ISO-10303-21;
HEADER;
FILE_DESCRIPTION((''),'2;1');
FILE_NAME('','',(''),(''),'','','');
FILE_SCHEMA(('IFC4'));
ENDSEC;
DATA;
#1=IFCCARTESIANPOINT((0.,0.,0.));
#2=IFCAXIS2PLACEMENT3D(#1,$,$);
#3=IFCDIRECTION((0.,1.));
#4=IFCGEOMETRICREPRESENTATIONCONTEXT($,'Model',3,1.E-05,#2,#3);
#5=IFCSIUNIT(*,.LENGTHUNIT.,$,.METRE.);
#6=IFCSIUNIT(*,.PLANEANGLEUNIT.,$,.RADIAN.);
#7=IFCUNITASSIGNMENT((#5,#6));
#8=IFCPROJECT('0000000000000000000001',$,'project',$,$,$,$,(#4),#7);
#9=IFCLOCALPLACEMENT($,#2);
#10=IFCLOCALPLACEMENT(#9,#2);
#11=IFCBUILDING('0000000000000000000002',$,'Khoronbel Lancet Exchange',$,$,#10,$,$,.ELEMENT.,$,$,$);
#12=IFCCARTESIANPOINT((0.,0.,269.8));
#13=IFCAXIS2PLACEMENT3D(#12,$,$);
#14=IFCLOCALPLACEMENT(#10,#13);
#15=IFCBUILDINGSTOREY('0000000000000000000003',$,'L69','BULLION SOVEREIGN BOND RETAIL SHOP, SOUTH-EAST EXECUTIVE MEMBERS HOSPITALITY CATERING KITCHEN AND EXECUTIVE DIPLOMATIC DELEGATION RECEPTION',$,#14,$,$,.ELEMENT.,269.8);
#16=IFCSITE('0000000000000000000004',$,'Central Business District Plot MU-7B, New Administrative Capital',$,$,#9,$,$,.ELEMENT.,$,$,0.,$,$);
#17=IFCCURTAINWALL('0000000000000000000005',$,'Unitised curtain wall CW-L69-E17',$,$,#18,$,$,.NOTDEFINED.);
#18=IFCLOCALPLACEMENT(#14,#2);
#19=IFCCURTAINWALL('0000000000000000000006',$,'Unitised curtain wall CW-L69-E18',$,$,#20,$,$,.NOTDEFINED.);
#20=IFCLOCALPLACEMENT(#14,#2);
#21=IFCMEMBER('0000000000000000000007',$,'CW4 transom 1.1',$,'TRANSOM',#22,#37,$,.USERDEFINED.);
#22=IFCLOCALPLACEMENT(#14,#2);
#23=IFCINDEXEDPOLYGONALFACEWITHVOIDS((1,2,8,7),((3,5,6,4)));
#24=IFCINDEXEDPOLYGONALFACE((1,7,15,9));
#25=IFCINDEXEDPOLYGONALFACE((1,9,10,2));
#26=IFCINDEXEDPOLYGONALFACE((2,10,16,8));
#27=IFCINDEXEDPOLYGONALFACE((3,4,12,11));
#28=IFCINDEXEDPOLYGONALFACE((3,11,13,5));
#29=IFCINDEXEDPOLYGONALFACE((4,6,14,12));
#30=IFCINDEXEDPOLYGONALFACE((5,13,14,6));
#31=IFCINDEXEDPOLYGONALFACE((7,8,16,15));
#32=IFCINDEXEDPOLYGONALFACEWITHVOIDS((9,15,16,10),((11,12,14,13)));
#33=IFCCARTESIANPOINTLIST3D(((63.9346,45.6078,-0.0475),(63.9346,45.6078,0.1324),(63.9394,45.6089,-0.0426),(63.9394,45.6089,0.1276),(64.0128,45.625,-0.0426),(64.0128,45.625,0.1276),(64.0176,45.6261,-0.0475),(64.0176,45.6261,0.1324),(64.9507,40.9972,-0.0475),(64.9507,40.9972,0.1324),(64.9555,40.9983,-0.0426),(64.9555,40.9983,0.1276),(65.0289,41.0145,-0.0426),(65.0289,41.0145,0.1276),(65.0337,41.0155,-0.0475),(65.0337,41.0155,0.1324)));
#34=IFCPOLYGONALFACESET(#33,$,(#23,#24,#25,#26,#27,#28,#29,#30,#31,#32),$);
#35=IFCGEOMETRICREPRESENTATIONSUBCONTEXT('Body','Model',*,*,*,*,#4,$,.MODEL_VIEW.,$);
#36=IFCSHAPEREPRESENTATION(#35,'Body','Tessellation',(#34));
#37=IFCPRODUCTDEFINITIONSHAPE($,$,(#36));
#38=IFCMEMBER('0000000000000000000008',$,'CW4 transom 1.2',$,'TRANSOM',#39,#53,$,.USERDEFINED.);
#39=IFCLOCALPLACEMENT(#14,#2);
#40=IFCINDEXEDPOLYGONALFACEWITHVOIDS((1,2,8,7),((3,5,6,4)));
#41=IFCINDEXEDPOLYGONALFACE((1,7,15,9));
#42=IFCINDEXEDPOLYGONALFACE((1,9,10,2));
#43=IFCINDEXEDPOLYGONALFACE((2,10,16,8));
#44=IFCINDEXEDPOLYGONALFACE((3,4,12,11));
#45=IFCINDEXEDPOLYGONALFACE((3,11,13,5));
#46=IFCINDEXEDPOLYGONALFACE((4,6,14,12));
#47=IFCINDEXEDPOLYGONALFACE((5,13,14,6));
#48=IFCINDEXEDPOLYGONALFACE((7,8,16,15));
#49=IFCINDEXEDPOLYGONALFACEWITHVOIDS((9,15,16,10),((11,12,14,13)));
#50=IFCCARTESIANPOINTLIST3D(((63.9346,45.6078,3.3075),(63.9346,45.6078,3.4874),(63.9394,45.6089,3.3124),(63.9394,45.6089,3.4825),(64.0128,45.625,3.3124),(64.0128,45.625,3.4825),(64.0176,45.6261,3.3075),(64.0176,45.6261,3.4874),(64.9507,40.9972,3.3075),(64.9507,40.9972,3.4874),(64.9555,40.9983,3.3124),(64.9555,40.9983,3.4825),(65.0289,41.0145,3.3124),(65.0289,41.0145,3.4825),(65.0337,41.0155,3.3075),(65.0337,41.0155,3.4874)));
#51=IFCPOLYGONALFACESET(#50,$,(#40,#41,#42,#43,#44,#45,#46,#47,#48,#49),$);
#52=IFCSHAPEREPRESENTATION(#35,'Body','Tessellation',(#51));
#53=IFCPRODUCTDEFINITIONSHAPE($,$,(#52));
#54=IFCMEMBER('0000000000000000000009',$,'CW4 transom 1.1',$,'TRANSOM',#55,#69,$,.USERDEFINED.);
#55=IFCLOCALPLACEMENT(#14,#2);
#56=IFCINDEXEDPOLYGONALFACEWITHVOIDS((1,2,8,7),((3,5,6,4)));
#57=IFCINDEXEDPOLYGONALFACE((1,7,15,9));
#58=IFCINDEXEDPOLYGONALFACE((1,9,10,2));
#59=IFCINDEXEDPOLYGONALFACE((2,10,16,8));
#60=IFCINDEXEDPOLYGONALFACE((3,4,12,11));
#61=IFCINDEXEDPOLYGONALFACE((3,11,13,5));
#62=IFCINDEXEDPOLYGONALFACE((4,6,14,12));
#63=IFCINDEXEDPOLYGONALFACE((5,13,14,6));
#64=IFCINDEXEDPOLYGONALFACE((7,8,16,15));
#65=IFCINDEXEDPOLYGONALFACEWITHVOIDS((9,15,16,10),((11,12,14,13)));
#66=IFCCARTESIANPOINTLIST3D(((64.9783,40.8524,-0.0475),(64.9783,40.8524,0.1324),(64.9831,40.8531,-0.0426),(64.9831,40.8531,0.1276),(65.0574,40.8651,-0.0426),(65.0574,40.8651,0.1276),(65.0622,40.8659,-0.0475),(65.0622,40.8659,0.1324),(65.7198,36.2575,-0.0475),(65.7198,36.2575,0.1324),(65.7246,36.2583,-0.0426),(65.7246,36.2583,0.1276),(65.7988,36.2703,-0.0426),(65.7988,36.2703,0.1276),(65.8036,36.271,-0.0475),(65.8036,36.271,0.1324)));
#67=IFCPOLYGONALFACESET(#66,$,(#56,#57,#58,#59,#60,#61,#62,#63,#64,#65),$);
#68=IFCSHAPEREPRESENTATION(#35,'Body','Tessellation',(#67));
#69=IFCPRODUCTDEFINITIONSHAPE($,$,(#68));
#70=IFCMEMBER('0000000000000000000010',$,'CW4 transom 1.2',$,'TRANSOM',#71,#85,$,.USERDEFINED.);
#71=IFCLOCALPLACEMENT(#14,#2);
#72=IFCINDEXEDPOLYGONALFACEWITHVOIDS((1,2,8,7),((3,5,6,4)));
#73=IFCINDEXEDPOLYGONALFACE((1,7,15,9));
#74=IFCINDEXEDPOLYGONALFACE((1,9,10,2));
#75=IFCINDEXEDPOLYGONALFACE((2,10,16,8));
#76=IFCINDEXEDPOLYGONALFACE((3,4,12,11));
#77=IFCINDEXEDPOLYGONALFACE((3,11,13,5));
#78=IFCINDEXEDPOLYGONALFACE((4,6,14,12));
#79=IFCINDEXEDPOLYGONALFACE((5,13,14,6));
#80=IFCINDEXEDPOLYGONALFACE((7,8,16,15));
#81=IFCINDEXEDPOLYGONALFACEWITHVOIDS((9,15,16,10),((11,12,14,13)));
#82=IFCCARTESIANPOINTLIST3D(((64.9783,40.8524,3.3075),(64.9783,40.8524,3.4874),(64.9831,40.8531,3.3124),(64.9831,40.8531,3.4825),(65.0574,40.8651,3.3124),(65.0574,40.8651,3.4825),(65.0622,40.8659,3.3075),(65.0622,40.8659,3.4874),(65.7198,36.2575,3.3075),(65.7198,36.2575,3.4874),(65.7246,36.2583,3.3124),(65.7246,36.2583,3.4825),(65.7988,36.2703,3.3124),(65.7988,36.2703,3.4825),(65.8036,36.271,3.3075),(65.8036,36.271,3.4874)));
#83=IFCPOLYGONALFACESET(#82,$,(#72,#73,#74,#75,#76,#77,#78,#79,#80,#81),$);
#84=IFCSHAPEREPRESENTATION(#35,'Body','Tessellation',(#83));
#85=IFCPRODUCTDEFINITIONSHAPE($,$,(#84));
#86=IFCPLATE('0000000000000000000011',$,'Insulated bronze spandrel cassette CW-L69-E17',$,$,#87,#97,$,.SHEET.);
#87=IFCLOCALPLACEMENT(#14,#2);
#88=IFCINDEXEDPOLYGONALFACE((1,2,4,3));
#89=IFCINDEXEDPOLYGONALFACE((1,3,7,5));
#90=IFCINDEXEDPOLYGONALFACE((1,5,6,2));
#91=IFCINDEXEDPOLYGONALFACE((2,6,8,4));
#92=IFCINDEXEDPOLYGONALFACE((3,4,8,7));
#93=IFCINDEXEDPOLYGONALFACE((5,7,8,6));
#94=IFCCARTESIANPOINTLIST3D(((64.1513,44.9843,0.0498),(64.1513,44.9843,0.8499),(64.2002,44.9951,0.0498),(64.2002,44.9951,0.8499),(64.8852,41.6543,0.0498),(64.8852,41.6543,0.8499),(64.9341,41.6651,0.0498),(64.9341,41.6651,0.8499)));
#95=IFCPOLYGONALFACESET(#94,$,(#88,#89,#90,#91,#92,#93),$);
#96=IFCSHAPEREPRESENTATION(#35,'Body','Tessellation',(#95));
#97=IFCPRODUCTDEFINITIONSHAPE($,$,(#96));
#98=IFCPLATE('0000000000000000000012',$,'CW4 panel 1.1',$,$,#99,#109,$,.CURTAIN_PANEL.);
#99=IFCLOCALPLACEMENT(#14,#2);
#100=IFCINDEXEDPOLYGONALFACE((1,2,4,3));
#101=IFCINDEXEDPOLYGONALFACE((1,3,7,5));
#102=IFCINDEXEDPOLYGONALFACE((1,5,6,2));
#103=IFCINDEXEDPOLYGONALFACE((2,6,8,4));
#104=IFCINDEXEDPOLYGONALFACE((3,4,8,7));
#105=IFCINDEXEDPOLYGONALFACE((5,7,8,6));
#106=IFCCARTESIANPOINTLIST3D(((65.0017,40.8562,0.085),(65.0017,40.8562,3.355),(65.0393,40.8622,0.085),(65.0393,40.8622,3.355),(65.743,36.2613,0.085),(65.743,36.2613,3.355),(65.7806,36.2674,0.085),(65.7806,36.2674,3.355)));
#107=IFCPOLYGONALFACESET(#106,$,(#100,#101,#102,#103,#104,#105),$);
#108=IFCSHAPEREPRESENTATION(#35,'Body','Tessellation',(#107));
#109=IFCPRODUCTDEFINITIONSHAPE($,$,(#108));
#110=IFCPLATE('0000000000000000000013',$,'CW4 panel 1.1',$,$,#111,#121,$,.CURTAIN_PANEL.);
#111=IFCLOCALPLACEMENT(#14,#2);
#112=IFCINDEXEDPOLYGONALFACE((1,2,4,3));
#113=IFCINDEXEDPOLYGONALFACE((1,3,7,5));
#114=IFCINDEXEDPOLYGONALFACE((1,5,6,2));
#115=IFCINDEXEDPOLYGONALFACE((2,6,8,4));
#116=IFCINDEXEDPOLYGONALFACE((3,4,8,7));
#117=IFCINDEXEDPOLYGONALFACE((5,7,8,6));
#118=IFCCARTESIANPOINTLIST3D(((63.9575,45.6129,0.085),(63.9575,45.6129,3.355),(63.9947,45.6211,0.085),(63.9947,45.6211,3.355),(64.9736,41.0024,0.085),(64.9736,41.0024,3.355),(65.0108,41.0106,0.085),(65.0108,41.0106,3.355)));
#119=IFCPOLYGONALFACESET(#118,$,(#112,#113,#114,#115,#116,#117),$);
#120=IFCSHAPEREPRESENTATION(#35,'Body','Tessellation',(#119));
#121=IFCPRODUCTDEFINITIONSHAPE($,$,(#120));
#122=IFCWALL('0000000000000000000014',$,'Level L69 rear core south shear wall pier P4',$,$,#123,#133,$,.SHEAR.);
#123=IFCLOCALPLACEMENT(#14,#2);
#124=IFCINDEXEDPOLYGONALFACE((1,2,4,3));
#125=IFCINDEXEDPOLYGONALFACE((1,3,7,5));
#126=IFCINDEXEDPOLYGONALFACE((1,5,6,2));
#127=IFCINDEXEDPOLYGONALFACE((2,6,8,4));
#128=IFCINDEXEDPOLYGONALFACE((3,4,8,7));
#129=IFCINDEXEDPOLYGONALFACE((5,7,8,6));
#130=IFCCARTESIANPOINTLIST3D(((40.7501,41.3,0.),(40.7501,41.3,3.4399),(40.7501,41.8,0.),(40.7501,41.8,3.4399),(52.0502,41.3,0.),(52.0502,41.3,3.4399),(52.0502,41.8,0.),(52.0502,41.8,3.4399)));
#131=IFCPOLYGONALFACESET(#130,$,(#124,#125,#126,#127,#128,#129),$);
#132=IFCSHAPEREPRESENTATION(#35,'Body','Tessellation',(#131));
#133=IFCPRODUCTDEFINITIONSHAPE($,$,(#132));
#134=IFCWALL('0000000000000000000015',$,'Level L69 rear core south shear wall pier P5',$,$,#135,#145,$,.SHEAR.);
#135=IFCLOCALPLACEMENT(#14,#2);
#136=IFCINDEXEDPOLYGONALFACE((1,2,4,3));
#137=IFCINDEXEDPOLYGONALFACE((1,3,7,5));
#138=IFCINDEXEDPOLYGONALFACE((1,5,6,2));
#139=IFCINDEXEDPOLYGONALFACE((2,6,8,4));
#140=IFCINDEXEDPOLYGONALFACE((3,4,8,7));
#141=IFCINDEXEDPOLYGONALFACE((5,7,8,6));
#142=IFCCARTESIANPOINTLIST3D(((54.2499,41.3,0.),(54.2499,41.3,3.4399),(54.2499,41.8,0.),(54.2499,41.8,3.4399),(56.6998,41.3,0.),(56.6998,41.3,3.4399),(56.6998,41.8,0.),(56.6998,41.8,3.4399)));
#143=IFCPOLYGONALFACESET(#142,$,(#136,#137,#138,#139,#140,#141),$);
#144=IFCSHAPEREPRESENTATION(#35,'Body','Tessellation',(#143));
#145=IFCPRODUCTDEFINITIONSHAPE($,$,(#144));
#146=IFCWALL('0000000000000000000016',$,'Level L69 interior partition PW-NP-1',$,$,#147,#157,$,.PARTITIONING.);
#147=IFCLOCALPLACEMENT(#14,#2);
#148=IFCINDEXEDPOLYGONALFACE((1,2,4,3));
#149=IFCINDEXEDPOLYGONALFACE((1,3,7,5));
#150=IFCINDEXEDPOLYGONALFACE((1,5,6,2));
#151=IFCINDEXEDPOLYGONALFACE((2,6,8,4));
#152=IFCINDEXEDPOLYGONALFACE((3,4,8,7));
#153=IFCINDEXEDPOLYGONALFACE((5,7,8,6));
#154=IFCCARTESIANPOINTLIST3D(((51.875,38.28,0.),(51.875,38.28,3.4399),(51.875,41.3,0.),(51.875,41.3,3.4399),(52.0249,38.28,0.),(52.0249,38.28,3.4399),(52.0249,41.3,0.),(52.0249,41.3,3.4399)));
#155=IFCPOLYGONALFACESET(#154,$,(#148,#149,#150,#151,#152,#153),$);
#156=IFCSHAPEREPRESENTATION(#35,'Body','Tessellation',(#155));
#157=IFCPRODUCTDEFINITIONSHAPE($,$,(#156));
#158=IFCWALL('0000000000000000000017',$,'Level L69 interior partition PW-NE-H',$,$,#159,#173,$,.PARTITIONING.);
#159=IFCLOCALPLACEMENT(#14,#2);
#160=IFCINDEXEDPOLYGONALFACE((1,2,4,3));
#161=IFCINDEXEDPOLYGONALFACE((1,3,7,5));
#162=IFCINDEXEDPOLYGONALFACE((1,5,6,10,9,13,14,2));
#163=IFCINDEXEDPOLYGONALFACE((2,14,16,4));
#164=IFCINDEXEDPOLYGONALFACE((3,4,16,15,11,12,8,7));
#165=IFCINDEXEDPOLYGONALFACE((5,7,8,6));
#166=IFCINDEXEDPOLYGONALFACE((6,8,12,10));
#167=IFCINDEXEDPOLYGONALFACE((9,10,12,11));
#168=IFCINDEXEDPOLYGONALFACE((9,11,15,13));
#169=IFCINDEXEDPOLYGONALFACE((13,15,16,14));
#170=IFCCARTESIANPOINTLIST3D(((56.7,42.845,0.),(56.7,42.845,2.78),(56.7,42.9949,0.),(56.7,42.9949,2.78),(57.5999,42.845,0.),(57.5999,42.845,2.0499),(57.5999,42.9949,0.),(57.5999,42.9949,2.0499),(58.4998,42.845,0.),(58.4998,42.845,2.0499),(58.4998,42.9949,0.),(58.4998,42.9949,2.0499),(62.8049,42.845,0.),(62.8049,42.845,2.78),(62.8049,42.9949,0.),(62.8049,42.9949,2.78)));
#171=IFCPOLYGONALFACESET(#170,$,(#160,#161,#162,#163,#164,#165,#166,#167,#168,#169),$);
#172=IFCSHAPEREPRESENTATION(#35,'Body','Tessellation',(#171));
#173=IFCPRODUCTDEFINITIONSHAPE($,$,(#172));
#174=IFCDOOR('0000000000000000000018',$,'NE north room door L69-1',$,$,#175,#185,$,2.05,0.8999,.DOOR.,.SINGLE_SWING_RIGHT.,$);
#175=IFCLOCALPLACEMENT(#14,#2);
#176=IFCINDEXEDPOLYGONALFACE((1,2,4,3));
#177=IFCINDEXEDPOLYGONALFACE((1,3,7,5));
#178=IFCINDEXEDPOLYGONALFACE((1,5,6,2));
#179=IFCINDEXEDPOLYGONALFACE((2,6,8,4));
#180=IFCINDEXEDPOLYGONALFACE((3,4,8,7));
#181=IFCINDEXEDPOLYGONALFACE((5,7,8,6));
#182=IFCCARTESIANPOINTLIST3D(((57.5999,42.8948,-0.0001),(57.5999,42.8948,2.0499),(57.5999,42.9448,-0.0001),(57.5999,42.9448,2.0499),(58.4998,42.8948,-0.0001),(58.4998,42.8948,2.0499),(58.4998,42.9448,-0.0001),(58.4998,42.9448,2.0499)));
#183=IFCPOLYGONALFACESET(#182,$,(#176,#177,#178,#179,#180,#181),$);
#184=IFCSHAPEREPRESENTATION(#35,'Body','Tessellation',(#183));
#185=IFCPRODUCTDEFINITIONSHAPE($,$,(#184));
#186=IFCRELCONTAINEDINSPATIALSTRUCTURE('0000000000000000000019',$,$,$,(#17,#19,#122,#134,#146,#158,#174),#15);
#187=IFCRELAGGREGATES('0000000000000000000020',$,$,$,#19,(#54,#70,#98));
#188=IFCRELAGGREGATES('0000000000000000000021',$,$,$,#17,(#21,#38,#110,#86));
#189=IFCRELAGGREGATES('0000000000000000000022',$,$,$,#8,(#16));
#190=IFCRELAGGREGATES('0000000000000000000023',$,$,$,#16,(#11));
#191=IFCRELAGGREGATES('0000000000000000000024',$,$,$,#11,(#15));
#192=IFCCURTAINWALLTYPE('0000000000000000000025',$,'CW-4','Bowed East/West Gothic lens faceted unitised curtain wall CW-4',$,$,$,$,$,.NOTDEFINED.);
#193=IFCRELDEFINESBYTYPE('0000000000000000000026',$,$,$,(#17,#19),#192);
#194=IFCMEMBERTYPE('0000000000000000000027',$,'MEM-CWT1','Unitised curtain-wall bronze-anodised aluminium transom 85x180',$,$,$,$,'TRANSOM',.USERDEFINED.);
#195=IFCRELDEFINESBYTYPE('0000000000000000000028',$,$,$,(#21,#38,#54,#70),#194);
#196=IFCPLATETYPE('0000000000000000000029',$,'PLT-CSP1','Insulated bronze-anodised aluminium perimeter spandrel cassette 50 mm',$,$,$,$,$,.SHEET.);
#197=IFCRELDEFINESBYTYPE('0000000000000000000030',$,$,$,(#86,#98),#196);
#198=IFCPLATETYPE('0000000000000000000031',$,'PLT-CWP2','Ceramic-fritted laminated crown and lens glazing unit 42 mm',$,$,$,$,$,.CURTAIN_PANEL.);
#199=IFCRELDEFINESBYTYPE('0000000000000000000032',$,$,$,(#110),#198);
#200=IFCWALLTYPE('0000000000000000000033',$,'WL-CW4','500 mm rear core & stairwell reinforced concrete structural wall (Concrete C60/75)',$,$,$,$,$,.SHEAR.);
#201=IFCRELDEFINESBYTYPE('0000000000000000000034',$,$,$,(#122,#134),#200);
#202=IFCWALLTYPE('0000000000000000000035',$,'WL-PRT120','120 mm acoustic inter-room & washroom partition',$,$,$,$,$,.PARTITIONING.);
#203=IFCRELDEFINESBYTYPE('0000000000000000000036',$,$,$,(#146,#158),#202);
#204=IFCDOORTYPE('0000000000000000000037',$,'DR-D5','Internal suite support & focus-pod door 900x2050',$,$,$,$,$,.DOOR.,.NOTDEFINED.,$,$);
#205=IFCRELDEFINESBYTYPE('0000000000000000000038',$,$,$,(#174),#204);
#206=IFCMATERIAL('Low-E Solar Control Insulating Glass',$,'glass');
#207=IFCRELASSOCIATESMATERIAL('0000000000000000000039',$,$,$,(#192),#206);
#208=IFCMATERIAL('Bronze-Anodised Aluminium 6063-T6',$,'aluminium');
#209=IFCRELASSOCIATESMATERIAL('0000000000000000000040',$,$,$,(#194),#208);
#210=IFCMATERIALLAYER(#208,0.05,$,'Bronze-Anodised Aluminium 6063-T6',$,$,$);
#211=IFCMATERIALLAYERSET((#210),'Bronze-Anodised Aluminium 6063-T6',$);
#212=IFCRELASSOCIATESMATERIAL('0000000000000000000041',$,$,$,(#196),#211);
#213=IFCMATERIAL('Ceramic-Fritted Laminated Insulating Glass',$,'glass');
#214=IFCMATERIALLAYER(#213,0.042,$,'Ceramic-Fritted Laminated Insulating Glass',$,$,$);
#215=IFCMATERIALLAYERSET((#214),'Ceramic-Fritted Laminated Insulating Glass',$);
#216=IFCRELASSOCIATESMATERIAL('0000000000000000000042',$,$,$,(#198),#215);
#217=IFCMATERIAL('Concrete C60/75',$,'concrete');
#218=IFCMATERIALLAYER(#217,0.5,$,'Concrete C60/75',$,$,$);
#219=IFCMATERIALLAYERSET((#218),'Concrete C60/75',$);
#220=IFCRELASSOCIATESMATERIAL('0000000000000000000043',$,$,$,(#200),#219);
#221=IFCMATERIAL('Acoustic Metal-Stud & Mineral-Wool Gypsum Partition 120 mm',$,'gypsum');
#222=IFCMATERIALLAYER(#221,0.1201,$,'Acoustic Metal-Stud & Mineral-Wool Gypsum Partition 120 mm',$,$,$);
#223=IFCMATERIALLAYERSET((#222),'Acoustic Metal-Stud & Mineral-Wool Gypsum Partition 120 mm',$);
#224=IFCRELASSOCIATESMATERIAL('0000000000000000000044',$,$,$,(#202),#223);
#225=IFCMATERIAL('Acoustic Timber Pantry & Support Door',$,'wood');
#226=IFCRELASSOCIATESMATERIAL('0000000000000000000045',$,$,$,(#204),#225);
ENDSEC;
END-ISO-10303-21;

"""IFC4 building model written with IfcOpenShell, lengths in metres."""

from ifc_helpers import new_model, si_unit, direction, frame, frame_2d, origin, origin_2d, place, context, subcontext, project, spatial, rectangle, hollow_rectangle, extrude, material, layer, layer_set, material_profile, profile_set, type_object, element, fill, aggregate, save


model = new_model("IFC4")

# Units and contexts
model_context = context("Model", 3, precision=1e-05, world=origin(), true_north=direction((0.0, 1.0)))
body_context = subcontext(model_context, "Body", "Model", "MODEL_VIEW")
ifc_project = project(units=[si_unit("LENGTHUNIT", "METRE"), si_unit("PLANEANGLEUNIT", "RADIAN")], contexts=[model_context])

# Site, building, storey
site_placement = place(None, origin())
site = spatial("IfcSite", under=ifc_project, at=site_placement, Name="Central Business District Plot MU-7B, New Administrative Capital", CompositionType="ELEMENT", RefElevation=0.0)
building_placement = place(site_placement, origin())
building = spatial("IfcBuilding", under=site, at=building_placement, Name="Khoronbel Lancet Exchange", CompositionType="ELEMENT")
storey_placement = place(building_placement, frame((0.0, 0.0, 269.8)))
storey = spatial("IfcBuildingStorey", under=building, at=storey_placement, Name="L69", Description="BULLION SOVEREIGN BOND RETAIL SHOP, SOUTH-EAST EXECUTIVE MEMBERS HOSPITALITY CATERING KITCHEN AND EXECUTIVE DIPLOMATIC DELEGATION RECEPTION", CompositionType="ELEMENT", Elevation=269.8)

# Shared definitions
ifc_material_1 = material(Name="Concrete C60/75", Category="concrete")

# Curtain walls
ifc_material_2 = material(Name="Low-E Solar Control Insulating Glass", Category="glass")
curtain_wall_type = type_object("IfcCurtainWallType", Name="CW-4", Description="Bowed East/West Gothic lens faceted unitised curtain wall CW-4", PredefinedType="NOTDEFINED", material=ifc_material_2)
curtain_wall_1_placement = place(storey_placement, origin())
curtain_wall_1 = element("IfcCurtainWall", 1, at=curtain_wall_1_placement, inside=storey, type_object=curtain_wall_type, Name="Unitised curtain wall CW-L69-E17", PredefinedType="NOTDEFINED")
ifc_material_3 = material(Name="Bronze-Anodised Aluminium 6063-T6", Category="aluminium")
curtain_wall_2_placement = place(storey_placement, origin())
curtain_wall_2 = element("IfcCurtainWall", 2, at=curtain_wall_2_placement, inside=storey, type_object=curtain_wall_type, Name="Unitised curtain wall CW-L69-E18", PredefinedType="NOTDEFINED")

# Members
ifc_material_profile_1 = material_profile(ifc_material_3, hollow_rectangle(XDim=0.085, YDim=0.1799, WallThickness=0.0049, at=origin_2d()), Name="ALU TRANSOM 85x180")
ifc_profile_set_1 = profile_set([ifc_material_profile_1], Name="Bronze-Anodised Aluminium 6063-T6")
member_type_1 = type_object("IfcMemberType", Name="MEM-CWT1", Description="Unitised curtain-wall bronze-anodised aluminium transom 85x180", ElementType="TRANSOM", PredefinedType="USERDEFINED", material=ifc_profile_set_1)
member_1_placement = place(storey_placement, frame((63.9761, 45.6169, 0.0425), z_axis=(0.215222, -0.976565, 0.0), x_axis=(0.976565, 0.215222, 0.0)))
member_1 = element("IfcMember", 3, at=member_1_placement, type_object=member_type_1, Name="CW4 transom 1.1", ObjectType="TRANSOM", PredefinedType="USERDEFINED", context=body_context, shape_type="SweptSolid", body=[
    extrude(hollow_rectangle(XDim=0.085, YDim=0.1799, WallThickness=0.0049, at=origin_2d()), origin(), (0.0, 0.0, 1.0), 4.7212),
])
member_2_placement = place(storey_placement, frame((63.9761, 45.6169, 3.3975), z_axis=(0.215222, -0.976565, 0.0), x_axis=(0.976565, 0.215222, 0.0)))
member_2 = element("IfcMember", 4, at=member_2_placement, type_object=member_type_1, Name="CW4 transom 1.2", ObjectType="TRANSOM", PredefinedType="USERDEFINED", context=body_context, shape_type="SweptSolid", body=[
    extrude(hollow_rectangle(XDim=0.085, YDim=0.1799, WallThickness=0.0049, at=origin_2d()), origin(), (0.0, 0.0, 1.0), 4.7212),
])
member_3_placement = place(storey_placement, frame((65.0203, 40.8591, 0.0425), z_axis=(0.159302, -0.98723, 0.0), x_axis=(0.98723, 0.159302, 0.0)))
member_3 = element("IfcMember", 5, at=member_3_placement, type_object=member_type_1, Name="CW4 transom 1.1", ObjectType="TRANSOM", PredefinedType="USERDEFINED", context=body_context, shape_type="SweptSolid", body=[
    extrude(hollow_rectangle(XDim=0.085, YDim=0.1799, WallThickness=0.0049, at=origin_2d()), origin(), (0.0, 0.0, 1.0), 4.6543),
])
member_4_placement = place(storey_placement, frame((65.0203, 40.8591, 3.3975), z_axis=(0.159302, -0.98723, 0.0), x_axis=(0.98723, 0.159302, 0.0)))
member_4 = element("IfcMember", 6, at=member_4_placement, type_object=member_type_1, Name="CW4 transom 1.2", ObjectType="TRANSOM", PredefinedType="USERDEFINED", context=body_context, shape_type="SweptSolid", body=[
    extrude(hollow_rectangle(XDim=0.085, YDim=0.1799, WallThickness=0.0049, at=origin_2d()), origin(), (0.0, 0.0, 1.0), 4.6543),
])

# Plates
ifc_layer_1 = layer(ifc_material_3, 0.05, Name="Bronze-Anodised Aluminium 6063-T6")
ifc_layer_set_1 = layer_set([ifc_layer_1], Name="Bronze-Anodised Aluminium 6063-T6")
plate_type_1 = type_object("IfcPlateType", Name="PLT-CSP1", Description="Insulated bronze-anodised aluminium perimeter spandrel cassette 50 mm", PredefinedType="SHEET", material=ifc_layer_set_1)
plate_1_placement = place(storey_placement, frame((64.5427, 43.3247, 0.0498), z_axis=(0.0, 0.0, 1.0), x_axis=(0.215222, -0.976565, 0.0)))
plate_1 = element("IfcPlate", 7, at=plate_1_placement, type_object=plate_type_1, Name="Insulated bronze spandrel cassette CW-L69-E17", PredefinedType="SHEET", context=body_context, shape_type="SweptSolid", body=[
    extrude(rectangle(XDim=3.4099, YDim=0.05, at=origin_2d()), origin(), (0.0, 0.0, 1.0), 0.8),
])
plate_2_placement = place(storey_placement, frame((65.3911, 38.5618, 0.085), z_axis=(0.0, 0.0, 1.0), x_axis=(0.159276, -0.987234, 0.0)))
plate_2 = element("IfcPlate", 8, at=plate_2_placement, type_object=plate_type_1, Name="CW4 panel 1.1", PredefinedType="CURTAIN_PANEL", context=body_context, shape_type="SweptSolid", body=[
    extrude(rectangle(XDim=4.6543, YDim=0.0381, at=origin_2d()), origin(), (0.0, 0.0, 1.0), 3.27),
])
aggregate(curtain_wall_2, [member_3, member_4, plate_2])
ifc_material_4 = material(Name="Ceramic-Fritted Laminated Insulating Glass", Category="glass")
ifc_layer_2 = layer(ifc_material_4, 0.042, Name="Ceramic-Fritted Laminated Insulating Glass")
ifc_layer_set_2 = layer_set([ifc_layer_2], Name="Ceramic-Fritted Laminated Insulating Glass")
plate_type_2 = type_object("IfcPlateType", Name="PLT-CWP2", Description="Ceramic-fritted laminated crown and lens glazing unit 42 mm", PredefinedType="CURTAIN_PANEL", material=ifc_layer_set_2)
plate_3_placement = place(storey_placement, frame((64.4841, 43.3118, 0.085), z_axis=(0.0, 0.0, 1.0), x_axis=(0.215222, -0.976565, 0.0)))
plate_3 = element("IfcPlate", 9, at=plate_3_placement, type_object=plate_type_2, Name="CW4 panel 1.1", PredefinedType="CURTAIN_PANEL", context=body_context, shape_type="SweptSolid", body=[
    extrude(rectangle(XDim=4.7212, YDim=0.0381, at=origin_2d()), origin(), (0.0, 0.0, 1.0), 3.27),
])
aggregate(curtain_wall_1, [member_1, member_2, plate_3, plate_1])

# Walls
ifc_layer_3 = layer(ifc_material_1, 0.5, Name="Concrete C60/75")
ifc_layer_set_3 = layer_set([ifc_layer_3], Name="Concrete C60/75")
wall_type_1 = type_object("IfcWallType", Name="WL-CW4", Description="500 mm rear core & stairwell reinforced concrete structural wall (Concrete C60/75)", PredefinedType="SHEAR", material=ifc_layer_set_3)
wall_1_placement = place(storey_placement, frame((52.05, 41.55, 0.0), z_axis=(0.0, 0.0, 1.0), x_axis=(-1.0, 0.0, 0.0)))
element("IfcWall", 10, at=wall_1_placement, inside=storey, type_object=wall_type_1, Name="Level L69 rear core south shear wall pier P4", PredefinedType="SHEAR", context=body_context, shape_type="SweptSolid", body=[
    extrude(rectangle(XDim=11.3, YDim=0.5, at=frame_2d((5.6499, 0.0))), origin(), (0.0, 0.0, 1.0), 3.4399),
])
wall_2_placement = place(storey_placement, frame((56.7, 41.55, 0.0), z_axis=(0.0, 0.0, 1.0), x_axis=(-1.0, 0.0, 0.0)))
element("IfcWall", 11, at=wall_2_placement, inside=storey, type_object=wall_type_1, Name="Level L69 rear core south shear wall pier P5", PredefinedType="SHEAR", context=body_context, shape_type="SweptSolid", body=[
    extrude(rectangle(XDim=2.45, YDim=0.5, at=frame_2d((1.2251, 0.0))), origin(), (0.0, 0.0, 1.0), 3.4399),
])
ifc_material_5 = material(Name="Acoustic Metal-Stud & Mineral-Wool Gypsum Partition 120 mm", Category="gypsum")
ifc_layer_4 = layer(ifc_material_5, 0.1201, Name="Acoustic Metal-Stud & Mineral-Wool Gypsum Partition 120 mm")
ifc_layer_set_4 = layer_set([ifc_layer_4], Name="Acoustic Metal-Stud & Mineral-Wool Gypsum Partition 120 mm")
wall_type_2 = type_object("IfcWallType", Name="WL-PRT120", Description="120 mm acoustic inter-room & washroom partition", PredefinedType="PARTITIONING", material=ifc_layer_set_4)
wall_3_placement = place(storey_placement, frame((51.95, 38.28, 0.0), z_axis=(0.0, 0.0, 1.0), x_axis=(0.0, 1.0, 0.0)))
element("IfcWall", 12, at=wall_3_placement, inside=storey, type_object=wall_type_2, Name="Level L69 interior partition PW-NP-1", PredefinedType="PARTITIONING", context=body_context, shape_type="SweptSolid", body=[
    extrude(rectangle(XDim=3.02, YDim=0.1499, at=frame_2d((1.51, 0.0))), origin(), (0.0, 0.0, 1.0), 3.4399),
])

# Wall, opening, door
wall_4_placement = place(storey_placement, frame((56.7, 42.9199, 0.0), z_axis=(0.0, 0.0, 1.0), x_axis=(1.0, 0.0, 0.0)))
wall_4 = element("IfcWall", 13, at=wall_4_placement, inside=storey, type_object=wall_type_2, Name="Level L69 interior partition PW-NE-H", PredefinedType="PARTITIONING", context=body_context, shape_type="SweptSolid", body=[
    extrude(rectangle(XDim=6.105, YDim=0.1499, at=frame_2d((3.0525, 0.0))), origin(), (0.0, 0.0, 1.0), 2.78),
])
opening_1_placement = place(wall_4_placement, frame((0.8999, 0.0, 0.0)))
opening_1 = element("IfcOpeningElement", 14, at=opening_1_placement, cuts=wall_4, PredefinedType="OPENING", context=body_context, shape_type="SweptSolid", body=[
    extrude(rectangle(XDim=0.8999, YDim=2.05, at=frame_2d((0.45, 1.0249))), frame((0.0, 0.085, 0.0), z_axis=(0.0, -1.0, 0.0), x_axis=(1.0, 0.0, 0.0)), (0.0, 0.0, 1.0), 0.1699),
])
ifc_material_6 = material(Name="Acoustic Timber Pantry & Support Door", Category="wood")
door_type_1 = type_object("IfcDoorType", Name="DR-D5", Description="Internal suite support & focus-pod door 900x2050", OperationType="NOTDEFINED", PredefinedType="DOOR", material=ifc_material_6)
door_1_placement = place(opening_1_placement, origin())
door_1 = element("IfcDoor", 15, at=door_1_placement, inside=storey, type_object=door_type_1, Name="NE north room door L69-1", OperationType="SINGLE_SWING_RIGHT", OverallHeight=2.05, OverallWidth=0.8999, PredefinedType="DOOR", context=body_context, shape_type="SweptSolid", body=[
    extrude(rectangle(XDim=0.8999, YDim=2.05, at=frame_2d((0.45, 1.0249))), frame((0.0, 0.0249, 0.0), z_axis=(0.0, -1.0, 0.0), x_axis=(1.0, 0.0, 0.0)), (0.0, 0.0, 1.0), 0.05),
])
fill(opening_1, door_1)

save(model, "model.ifc")
